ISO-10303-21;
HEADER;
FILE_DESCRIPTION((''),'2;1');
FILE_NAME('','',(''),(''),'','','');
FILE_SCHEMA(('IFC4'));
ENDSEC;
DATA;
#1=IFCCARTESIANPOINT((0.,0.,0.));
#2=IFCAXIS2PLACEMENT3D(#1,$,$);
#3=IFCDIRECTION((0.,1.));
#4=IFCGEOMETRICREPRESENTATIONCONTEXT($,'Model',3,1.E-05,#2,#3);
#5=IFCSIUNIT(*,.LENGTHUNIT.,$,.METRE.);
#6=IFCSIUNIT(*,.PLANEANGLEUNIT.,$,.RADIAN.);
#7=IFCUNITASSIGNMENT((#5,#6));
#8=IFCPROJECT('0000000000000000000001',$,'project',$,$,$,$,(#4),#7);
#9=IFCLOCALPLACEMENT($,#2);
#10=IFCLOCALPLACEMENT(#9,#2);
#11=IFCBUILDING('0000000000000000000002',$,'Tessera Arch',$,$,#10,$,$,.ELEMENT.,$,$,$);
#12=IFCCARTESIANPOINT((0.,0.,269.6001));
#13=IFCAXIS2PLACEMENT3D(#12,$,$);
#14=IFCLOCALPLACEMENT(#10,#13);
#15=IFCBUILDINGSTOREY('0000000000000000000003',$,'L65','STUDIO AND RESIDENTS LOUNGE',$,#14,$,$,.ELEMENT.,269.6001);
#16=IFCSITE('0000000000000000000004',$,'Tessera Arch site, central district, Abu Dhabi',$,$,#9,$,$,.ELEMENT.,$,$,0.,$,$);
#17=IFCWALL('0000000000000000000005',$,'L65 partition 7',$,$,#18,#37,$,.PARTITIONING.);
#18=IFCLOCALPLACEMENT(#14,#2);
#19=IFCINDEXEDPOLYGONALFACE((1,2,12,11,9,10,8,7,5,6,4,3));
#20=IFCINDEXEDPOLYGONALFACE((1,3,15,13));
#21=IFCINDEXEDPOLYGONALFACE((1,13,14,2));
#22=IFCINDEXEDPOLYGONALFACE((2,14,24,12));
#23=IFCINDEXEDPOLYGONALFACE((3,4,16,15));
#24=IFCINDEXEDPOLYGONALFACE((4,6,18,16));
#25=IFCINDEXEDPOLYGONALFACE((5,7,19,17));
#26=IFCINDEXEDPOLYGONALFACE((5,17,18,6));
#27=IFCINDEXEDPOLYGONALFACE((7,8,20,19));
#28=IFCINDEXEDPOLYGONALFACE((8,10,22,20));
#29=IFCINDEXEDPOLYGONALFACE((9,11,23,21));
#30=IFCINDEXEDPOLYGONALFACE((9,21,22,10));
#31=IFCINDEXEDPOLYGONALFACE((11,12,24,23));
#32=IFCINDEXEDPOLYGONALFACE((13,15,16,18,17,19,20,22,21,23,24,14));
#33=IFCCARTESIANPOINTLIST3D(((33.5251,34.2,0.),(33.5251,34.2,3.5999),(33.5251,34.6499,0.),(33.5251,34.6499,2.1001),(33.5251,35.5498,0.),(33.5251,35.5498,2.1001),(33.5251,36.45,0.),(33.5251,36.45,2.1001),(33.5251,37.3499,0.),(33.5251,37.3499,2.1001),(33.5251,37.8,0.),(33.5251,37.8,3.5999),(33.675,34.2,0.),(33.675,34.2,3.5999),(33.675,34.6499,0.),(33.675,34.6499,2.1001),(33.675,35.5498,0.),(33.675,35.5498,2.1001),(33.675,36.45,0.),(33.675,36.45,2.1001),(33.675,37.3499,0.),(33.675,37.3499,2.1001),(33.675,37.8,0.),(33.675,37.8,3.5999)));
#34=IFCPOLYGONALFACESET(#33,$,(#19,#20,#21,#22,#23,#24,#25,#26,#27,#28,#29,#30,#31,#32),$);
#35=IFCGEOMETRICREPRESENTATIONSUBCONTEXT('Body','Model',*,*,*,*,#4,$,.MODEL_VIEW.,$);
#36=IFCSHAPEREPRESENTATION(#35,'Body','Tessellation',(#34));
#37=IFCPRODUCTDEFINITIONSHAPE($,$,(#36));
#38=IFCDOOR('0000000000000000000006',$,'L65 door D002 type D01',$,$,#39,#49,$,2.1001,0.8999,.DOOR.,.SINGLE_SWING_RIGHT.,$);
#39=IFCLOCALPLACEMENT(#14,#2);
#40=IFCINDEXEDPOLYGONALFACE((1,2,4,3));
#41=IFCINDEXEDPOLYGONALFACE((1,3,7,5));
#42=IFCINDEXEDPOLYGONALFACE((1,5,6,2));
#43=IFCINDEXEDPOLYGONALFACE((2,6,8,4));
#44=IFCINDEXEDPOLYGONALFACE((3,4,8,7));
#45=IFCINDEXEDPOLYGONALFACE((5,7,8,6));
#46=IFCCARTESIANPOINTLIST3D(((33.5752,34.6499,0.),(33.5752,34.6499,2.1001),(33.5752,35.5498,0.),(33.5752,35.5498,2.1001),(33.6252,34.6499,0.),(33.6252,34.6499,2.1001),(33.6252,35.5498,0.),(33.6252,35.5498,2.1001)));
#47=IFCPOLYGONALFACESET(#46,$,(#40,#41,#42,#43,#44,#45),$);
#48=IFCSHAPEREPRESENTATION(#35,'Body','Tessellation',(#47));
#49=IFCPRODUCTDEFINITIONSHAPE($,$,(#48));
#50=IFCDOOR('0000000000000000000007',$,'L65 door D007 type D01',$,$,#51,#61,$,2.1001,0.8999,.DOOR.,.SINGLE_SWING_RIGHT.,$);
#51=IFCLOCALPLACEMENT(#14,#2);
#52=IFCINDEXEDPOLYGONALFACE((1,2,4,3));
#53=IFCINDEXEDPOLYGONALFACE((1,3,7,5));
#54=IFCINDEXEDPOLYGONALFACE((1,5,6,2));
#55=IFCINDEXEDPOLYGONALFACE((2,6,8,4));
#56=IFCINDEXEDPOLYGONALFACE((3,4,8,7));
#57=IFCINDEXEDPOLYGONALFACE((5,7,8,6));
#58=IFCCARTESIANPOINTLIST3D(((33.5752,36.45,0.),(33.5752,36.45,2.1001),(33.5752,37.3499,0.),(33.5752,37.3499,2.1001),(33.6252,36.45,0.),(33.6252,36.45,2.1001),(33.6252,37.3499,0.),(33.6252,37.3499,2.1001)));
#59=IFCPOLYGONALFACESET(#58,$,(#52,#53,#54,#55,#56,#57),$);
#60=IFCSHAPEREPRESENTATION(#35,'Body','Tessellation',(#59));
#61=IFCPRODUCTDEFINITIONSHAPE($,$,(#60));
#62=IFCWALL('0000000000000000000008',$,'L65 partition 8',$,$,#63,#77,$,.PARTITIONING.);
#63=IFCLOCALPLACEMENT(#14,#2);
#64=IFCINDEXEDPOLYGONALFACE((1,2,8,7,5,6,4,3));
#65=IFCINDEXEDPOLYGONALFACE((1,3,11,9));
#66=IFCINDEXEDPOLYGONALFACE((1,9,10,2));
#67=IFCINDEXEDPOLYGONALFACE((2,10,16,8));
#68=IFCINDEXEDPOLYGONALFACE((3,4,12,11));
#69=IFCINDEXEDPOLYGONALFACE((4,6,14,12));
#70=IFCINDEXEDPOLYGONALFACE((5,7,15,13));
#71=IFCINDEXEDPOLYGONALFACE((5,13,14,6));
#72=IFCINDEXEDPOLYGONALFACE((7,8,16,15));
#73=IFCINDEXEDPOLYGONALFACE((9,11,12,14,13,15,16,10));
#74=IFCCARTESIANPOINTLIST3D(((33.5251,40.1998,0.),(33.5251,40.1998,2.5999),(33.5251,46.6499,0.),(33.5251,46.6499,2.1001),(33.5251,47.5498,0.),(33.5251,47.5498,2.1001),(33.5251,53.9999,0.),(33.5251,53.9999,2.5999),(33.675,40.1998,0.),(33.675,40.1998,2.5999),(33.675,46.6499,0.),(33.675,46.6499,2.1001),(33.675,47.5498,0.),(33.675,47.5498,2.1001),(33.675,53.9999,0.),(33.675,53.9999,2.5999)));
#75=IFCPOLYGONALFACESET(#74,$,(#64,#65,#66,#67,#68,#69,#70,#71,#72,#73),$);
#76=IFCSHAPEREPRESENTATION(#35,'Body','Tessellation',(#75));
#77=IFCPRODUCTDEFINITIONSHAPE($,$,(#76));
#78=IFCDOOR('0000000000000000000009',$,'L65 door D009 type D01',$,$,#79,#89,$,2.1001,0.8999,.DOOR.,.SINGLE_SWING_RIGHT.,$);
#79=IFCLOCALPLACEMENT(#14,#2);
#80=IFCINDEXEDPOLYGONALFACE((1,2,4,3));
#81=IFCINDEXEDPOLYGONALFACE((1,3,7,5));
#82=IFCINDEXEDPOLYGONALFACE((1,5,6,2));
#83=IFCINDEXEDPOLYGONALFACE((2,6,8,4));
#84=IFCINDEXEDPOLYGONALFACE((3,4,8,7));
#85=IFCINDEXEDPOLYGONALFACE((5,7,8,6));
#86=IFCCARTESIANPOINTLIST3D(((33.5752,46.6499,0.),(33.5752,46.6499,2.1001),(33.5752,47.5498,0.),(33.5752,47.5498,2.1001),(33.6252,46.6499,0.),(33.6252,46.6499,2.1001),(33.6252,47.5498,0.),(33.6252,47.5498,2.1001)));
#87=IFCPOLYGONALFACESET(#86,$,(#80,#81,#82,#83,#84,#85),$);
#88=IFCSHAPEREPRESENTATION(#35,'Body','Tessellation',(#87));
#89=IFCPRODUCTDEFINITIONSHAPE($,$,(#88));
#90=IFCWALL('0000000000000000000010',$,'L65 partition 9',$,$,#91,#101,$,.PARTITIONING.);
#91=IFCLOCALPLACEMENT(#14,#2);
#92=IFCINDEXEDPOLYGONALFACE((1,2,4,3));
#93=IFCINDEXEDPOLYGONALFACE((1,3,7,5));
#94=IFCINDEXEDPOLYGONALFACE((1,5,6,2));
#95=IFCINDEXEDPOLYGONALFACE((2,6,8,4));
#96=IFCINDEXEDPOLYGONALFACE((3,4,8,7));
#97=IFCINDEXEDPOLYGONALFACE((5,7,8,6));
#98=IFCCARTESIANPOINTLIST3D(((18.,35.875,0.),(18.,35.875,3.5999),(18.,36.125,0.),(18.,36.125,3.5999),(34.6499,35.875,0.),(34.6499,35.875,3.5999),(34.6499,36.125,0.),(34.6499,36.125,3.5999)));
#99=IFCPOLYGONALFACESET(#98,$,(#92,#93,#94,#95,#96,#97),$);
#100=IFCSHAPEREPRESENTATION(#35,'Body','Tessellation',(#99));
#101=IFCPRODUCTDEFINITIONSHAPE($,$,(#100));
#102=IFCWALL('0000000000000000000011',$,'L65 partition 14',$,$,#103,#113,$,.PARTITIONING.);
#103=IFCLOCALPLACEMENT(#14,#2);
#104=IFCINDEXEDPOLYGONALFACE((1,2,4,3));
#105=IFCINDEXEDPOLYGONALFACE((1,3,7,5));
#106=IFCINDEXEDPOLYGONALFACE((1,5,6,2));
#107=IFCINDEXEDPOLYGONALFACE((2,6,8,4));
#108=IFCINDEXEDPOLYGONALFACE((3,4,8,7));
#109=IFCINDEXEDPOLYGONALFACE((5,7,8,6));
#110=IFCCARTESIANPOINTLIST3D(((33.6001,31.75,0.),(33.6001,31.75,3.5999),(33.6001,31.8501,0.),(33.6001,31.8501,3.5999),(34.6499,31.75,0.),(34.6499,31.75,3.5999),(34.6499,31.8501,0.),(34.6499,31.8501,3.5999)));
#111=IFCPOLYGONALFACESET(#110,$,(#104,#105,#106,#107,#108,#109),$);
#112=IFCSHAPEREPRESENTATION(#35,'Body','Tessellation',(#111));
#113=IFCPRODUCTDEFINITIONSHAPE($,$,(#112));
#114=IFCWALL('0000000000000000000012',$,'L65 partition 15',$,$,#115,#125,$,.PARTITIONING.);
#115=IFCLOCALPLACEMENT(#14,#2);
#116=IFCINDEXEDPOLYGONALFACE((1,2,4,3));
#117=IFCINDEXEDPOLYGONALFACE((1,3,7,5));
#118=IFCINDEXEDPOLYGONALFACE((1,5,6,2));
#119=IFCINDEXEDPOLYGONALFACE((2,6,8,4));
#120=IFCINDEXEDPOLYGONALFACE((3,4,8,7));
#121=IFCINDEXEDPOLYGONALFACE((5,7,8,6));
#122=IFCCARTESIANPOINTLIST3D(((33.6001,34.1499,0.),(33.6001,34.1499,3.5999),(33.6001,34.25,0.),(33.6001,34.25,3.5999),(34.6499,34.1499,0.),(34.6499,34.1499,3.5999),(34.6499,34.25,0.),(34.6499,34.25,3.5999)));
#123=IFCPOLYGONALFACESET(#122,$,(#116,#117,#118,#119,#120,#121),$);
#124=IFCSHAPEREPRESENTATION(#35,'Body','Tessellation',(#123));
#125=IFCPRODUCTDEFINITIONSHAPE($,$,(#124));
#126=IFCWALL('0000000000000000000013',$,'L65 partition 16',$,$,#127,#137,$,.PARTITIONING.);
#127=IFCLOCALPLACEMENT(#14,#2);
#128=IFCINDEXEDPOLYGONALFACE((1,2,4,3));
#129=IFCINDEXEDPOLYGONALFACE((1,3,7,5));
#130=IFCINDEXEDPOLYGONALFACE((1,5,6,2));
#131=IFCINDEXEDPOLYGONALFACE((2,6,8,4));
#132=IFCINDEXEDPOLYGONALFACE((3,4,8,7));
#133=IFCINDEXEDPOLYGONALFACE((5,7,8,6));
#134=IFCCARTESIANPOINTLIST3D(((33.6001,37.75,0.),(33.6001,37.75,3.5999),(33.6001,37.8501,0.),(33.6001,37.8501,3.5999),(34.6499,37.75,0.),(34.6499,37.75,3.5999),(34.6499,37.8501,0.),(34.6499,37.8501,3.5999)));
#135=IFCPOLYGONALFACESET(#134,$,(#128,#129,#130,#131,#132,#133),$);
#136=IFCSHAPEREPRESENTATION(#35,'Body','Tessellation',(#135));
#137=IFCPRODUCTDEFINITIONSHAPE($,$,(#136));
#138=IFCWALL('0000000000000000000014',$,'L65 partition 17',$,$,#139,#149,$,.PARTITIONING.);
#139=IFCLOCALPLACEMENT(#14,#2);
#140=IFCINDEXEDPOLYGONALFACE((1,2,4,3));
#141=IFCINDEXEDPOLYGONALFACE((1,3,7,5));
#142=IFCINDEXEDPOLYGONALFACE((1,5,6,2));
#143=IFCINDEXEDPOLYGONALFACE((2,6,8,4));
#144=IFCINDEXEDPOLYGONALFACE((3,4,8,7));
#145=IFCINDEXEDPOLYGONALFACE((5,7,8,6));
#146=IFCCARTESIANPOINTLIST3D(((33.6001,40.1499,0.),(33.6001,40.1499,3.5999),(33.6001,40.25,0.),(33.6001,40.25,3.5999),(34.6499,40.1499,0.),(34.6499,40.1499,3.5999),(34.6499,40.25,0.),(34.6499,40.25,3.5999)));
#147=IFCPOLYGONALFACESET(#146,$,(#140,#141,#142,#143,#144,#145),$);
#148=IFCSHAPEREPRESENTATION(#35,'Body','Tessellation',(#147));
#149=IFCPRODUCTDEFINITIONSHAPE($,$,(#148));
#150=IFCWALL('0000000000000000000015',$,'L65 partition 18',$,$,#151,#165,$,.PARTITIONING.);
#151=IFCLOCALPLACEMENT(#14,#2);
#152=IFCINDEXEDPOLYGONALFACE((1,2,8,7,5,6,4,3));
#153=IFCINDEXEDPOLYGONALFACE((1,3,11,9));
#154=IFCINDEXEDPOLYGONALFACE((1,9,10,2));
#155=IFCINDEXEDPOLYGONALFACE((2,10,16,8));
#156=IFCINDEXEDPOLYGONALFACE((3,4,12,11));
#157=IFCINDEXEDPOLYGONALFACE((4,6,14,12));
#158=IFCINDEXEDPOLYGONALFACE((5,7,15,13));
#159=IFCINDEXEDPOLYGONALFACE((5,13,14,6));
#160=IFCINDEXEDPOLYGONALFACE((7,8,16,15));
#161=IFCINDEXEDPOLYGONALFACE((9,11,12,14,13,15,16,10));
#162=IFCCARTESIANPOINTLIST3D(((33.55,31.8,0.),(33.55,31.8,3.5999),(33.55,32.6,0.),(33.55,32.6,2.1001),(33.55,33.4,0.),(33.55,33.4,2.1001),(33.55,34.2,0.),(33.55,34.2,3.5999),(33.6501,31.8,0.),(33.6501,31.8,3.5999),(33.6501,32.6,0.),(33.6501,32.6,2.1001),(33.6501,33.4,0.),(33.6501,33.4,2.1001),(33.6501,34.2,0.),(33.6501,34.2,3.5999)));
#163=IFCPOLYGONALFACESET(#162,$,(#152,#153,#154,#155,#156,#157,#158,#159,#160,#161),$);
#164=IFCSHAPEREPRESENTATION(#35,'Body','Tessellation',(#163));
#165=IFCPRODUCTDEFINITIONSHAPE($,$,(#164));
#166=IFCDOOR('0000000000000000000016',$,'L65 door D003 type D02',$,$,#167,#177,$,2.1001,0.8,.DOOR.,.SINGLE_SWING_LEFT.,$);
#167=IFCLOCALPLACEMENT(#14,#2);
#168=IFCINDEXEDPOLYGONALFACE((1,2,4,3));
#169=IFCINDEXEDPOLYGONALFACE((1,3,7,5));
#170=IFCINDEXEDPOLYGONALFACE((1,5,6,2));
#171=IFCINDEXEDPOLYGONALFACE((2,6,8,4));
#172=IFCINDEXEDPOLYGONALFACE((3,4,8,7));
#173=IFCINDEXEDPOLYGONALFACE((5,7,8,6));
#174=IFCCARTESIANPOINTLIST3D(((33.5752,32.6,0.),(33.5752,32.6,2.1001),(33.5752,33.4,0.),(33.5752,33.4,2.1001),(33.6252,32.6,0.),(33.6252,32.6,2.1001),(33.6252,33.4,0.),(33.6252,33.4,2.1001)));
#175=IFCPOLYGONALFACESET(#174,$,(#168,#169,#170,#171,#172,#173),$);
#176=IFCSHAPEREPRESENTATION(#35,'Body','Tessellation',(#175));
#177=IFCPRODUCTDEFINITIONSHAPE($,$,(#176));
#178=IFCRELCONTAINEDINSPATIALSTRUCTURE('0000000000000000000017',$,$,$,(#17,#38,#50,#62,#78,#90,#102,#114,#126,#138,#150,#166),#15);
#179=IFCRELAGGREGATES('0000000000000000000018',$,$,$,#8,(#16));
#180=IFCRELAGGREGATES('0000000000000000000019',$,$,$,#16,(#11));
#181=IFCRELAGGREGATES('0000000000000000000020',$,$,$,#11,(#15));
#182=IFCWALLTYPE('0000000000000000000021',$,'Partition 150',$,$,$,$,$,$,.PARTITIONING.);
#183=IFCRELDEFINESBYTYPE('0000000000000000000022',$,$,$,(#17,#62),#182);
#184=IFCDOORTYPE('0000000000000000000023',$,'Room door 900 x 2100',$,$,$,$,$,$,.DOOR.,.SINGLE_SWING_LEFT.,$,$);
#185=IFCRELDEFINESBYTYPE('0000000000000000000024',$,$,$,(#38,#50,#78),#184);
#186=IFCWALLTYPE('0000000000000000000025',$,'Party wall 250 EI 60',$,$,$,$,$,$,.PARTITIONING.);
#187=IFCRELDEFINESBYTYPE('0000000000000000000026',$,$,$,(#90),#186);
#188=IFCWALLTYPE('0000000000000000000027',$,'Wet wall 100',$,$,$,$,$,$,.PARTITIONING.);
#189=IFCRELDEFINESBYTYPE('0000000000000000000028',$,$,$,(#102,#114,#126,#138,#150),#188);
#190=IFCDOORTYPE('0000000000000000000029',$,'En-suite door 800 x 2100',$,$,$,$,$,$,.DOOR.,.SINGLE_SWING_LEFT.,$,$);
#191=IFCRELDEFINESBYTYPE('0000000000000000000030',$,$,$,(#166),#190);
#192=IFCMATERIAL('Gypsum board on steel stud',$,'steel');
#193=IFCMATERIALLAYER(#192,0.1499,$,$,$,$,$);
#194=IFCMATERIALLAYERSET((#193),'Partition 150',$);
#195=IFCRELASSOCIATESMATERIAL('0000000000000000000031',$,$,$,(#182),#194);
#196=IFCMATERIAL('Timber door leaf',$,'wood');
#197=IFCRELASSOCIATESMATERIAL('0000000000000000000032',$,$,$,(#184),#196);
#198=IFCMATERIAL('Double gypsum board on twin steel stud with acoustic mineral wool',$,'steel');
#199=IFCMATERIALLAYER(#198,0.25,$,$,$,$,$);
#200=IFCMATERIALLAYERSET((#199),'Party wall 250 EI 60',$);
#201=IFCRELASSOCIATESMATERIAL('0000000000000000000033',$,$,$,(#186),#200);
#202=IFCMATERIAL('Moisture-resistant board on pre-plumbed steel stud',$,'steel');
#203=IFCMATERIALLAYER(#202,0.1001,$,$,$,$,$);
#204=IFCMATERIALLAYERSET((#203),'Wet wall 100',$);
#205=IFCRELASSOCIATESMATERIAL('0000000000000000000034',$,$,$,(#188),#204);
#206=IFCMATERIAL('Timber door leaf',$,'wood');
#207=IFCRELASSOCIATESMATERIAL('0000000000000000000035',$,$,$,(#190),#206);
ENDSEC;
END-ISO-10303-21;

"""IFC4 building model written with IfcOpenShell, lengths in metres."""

from ifc_helpers import new_model, si_unit, direction, frame, frame_2d, origin, place, context, subcontext, project, spatial, rectangle, extrude, material, layer, layer_set, type_object, element, fill, save


model = new_model("IFC4")

# Units and contexts
model_context = context("Model", 3, precision=1e-05, world=origin(), true_north=direction((0.0, 1.0)))
body_context = subcontext(model_context, "Body", "Model", "MODEL_VIEW")
ifc_project = project(units=[si_unit("LENGTHUNIT", "METRE"), si_unit("PLANEANGLEUNIT", "RADIAN")], contexts=[model_context])

# Site, building, storey
site_placement = place(None, origin())
site = spatial("IfcSite", under=ifc_project, at=site_placement, Name="Tessera Arch site, central district, Abu Dhabi", CompositionType="ELEMENT", RefElevation=0.0)
building_placement = place(site_placement, origin())
building = spatial("IfcBuilding", under=site, at=building_placement, Name="Tessera Arch", CompositionType="ELEMENT")
storey_placement = place(building_placement, frame((0.0, 0.0, 269.6001)))
storey = spatial("IfcBuildingStorey", under=building, at=storey_placement, Name="L65", Description="STUDIO AND RESIDENTS LOUNGE", CompositionType="ELEMENT", Elevation=269.6001)

# Wall, openings, doors
ifc_material_1 = material(Name="Gypsum board on steel stud", Category="steel")
ifc_layer_1 = layer(ifc_material_1, 0.1499)
ifc_layer_set_1 = layer_set([ifc_layer_1], Name="Partition 150")
wall_type_1 = type_object("IfcWallType", Name="Partition 150", PredefinedType="PARTITIONING", material=ifc_layer_set_1)
wall_1_placement = place(storey_placement, frame((33.6001, 34.2, 0.0), z_axis=(0.0, 0.0, 1.0), x_axis=(0.0, 1.0, 0.0)))
wall_1 = element("IfcWall", 1, at=wall_1_placement, inside=storey, type_object=wall_type_1, Name="L65 partition 7", PredefinedType="PARTITIONING", context=body_context, shape_type="SweptSolid", body=[
    extrude(rectangle(XDim=3.6001, YDim=0.1499, at=frame_2d((1.8, 0.0))), origin(), (0.0, 0.0, 1.0), 3.5999),
])
opening_1_placement = place(wall_1_placement, frame((0.45, 0.0, 0.0)))
opening_1 = element("IfcOpeningElement", 2, at=opening_1_placement, cuts=wall_1, PredefinedType="OPENING", context=body_context, shape_type="SweptSolid", body=[
    extrude(rectangle(XDim=0.8999, YDim=2.1001, at=frame_2d((0.45, 1.05))), frame((0.0, 0.085, 0.0), z_axis=(0.0, -1.0, 0.0), x_axis=(1.0, 0.0, 0.0)), (0.0, 0.0, 1.0), 0.1699),
])
opening_2_placement = place(wall_1_placement, frame((2.25, 0.0, 0.0)))
opening_2 = element("IfcOpeningElement", 3, at=opening_2_placement, cuts=wall_1, PredefinedType="OPENING", context=body_context, shape_type="SweptSolid", body=[
    extrude(rectangle(XDim=0.8999, YDim=2.1001, at=frame_2d((0.45, 1.05))), frame((0.0, 0.085, 0.0), z_axis=(0.0, -1.0, 0.0), x_axis=(1.0, 0.0, 0.0)), (0.0, 0.0, 1.0), 0.1699),
])
ifc_material_2 = material(Name="Timber door leaf", Category="wood")
door_type_1 = type_object("IfcDoorType", Name="Room door 900 x 2100", OperationType="SINGLE_SWING_LEFT", PredefinedType="DOOR", material=ifc_material_2)
door_1_placement = place(opening_1_placement, origin())
door_1 = element("IfcDoor", 4, at=door_1_placement, inside=storey, type_object=door_type_1, Name="L65 door D002 type D01", OperationType="SINGLE_SWING_RIGHT", OverallHeight=2.1001, OverallWidth=0.8999, PredefinedType="DOOR", context=body_context, shape_type="SweptSolid", body=[
    extrude(rectangle(XDim=0.8999, YDim=2.1001, at=frame_2d((0.45, 1.05))), frame((0.0, 0.0249, 0.0), z_axis=(0.0, -1.0, 0.0), x_axis=(1.0, 0.0, 0.0)), (0.0, 0.0, 1.0), 0.05),
])
fill(opening_1, door_1)
door_2_placement = place(opening_2_placement, origin())
door_2 = element("IfcDoor", 5, at=door_2_placement, inside=storey, type_object=door_type_1, Name="L65 door D007 type D01", OperationType="SINGLE_SWING_RIGHT", OverallHeight=2.1001, OverallWidth=0.8999, PredefinedType="DOOR", context=body_context, shape_type="SweptSolid", body=[
    extrude(rectangle(XDim=0.8999, YDim=2.1001, at=frame_2d((0.45, 1.05))), frame((0.0, 0.0249, 0.0), z_axis=(0.0, -1.0, 0.0), x_axis=(1.0, 0.0, 0.0)), (0.0, 0.0, 1.0), 0.05),
])
fill(opening_2, door_2)

# Wall, opening, door
wall_2_placement = place(storey_placement, frame((33.6001, 40.2, 0.0), z_axis=(0.0, 0.0, 1.0), x_axis=(0.0, 1.0, 0.0)))
wall_2 = element("IfcWall", 6, at=wall_2_placement, inside=storey, type_object=wall_type_1, Name="L65 partition 8", PredefinedType="PARTITIONING", context=body_context, shape_type="SweptSolid", body=[
    extrude(rectangle(XDim=13.8, YDim=0.1499, at=frame_2d((6.8999, 0.0))), origin(), (0.0, 0.0, 1.0), 2.5999),
])
opening_3_placement = place(wall_2_placement, frame((6.45, 0.0, 0.0)))
opening_3 = element("IfcOpeningElement", 7, at=opening_3_placement, cuts=wall_2, PredefinedType="OPENING", context=body_context, shape_type="SweptSolid", body=[
    extrude(rectangle(XDim=0.8999, YDim=2.1001, at=frame_2d((0.45, 1.05))), frame((0.0, 0.085, 0.0), z_axis=(0.0, -1.0, 0.0), x_axis=(1.0, 0.0, 0.0)), (0.0, 0.0, 1.0), 0.1699),
])
door_3_placement = place(opening_3_placement, origin())
door_3 = element("IfcDoor", 8, at=door_3_placement, inside=storey, type_object=door_type_1, Name="L65 door D009 type D01", OperationType="SINGLE_SWING_RIGHT", OverallHeight=2.1001, OverallWidth=0.8999, PredefinedType="DOOR", context=body_context, shape_type="SweptSolid", body=[
    extrude(rectangle(XDim=0.8999, YDim=2.1001, at=frame_2d((0.45, 1.05))), frame((0.0, 0.0249, 0.0), z_axis=(0.0, -1.0, 0.0), x_axis=(1.0, 0.0, 0.0)), (0.0, 0.0, 1.0), 0.05),
])
fill(opening_3, door_3)

# Walls
ifc_material_3 = material(Name="Double gypsum board on twin steel stud with acoustic mineral wool", Category="steel")
ifc_layer_2 = layer(ifc_material_3, 0.25)
ifc_layer_set_2 = layer_set([ifc_layer_2], Name="Party wall 250 EI 60")
wall_type_2 = type_object("IfcWallType", Name="Party wall 250 EI 60", PredefinedType="PARTITIONING", material=ifc_layer_set_2)
wall_3_placement = place(storey_placement, frame((18.0, 36.0, 0.0), z_axis=(0.0, 0.0, 1.0), x_axis=(1.0, 0.0, 0.0)))
element("IfcWall", 9, at=wall_3_placement, inside=storey, type_object=wall_type_2, Name="L65 partition 9", PredefinedType="PARTITIONING", context=body_context, shape_type="SweptSolid", body=[
    extrude(rectangle(XDim=16.6499, YDim=0.25, at=frame_2d((8.325, 0.0))), origin(), (0.0, 0.0, 1.0), 3.5999),
])
ifc_material_4 = material(Name="Moisture-resistant board on pre-plumbed steel stud", Category="steel")
ifc_layer_3 = layer(ifc_material_4, 0.1001)
ifc_layer_set_3 = layer_set([ifc_layer_3], Name="Wet wall 100")
wall_type_3 = type_object("IfcWallType", Name="Wet wall 100", PredefinedType="PARTITIONING", material=ifc_layer_set_3)
for number, where, z_axis, x_axis, name in (
    (10, (33.6001, 31.8, 0.0), (0.0, 0.0, 1.0), (1.0, 0.0, 0.0), "L65 partition 14"),
    (11, (33.6001, 34.2, 0.0), (0.0, 0.0, 1.0), (1.0, 0.0, 0.0), "L65 partition 15"),
    (12, (33.6001, 37.8, 0.0), (0.0, 0.0, 1.0), (1.0, 0.0, 0.0), "L65 partition 16"),
    (13, (33.6001, 40.2, 0.0), (0.0, 0.0, 1.0), (1.0, 0.0, 0.0), "L65 partition 17"),
):
    element("IfcWall", number, at=place(storey_placement, frame(where, z_axis=z_axis, x_axis=x_axis)), inside=storey, type_object=wall_type_3, Name=name, PredefinedType="PARTITIONING", context=body_context, shape_type="SweptSolid", body=[
        extrude(rectangle(XDim=1.0498, YDim=0.1001, at=frame_2d((0.5249, 0.0))), origin(), (0.0, 0.0, 1.0), 3.5999),
    ])

# Wall, opening, door
wall_4_placement = place(storey_placement, frame((33.6001, 31.8, 0.0), z_axis=(0.0, 0.0, 1.0), x_axis=(0.0, 1.0, 0.0)))
wall_4 = element("IfcWall", 14, at=wall_4_placement, inside=storey, type_object=wall_type_3, Name="L65 partition 18", PredefinedType="PARTITIONING", context=body_context, shape_type="SweptSolid", body=[
    extrude(rectangle(XDim=2.3999, YDim=0.1001, at=frame_2d((1.2, 0.0))), origin(), (0.0, 0.0, 1.0), 3.5999),
])
opening_4_placement = place(wall_4_placement, frame((0.8, 0.0, 0.0)))
opening_4 = element("IfcOpeningElement", 15, at=opening_4_placement, cuts=wall_4, PredefinedType="OPENING", context=body_context, shape_type="SweptSolid", body=[
    extrude(rectangle(XDim=0.8, YDim=2.1001, at=frame_2d((0.3999, 1.05))), frame((0.0, 0.0601, 0.0), z_axis=(0.0, -1.0, 0.0), x_axis=(1.0, 0.0, 0.0)), (0.0, 0.0, 1.0), 0.1201),
])
ifc_material_5 = material(Name="Timber door leaf", Category="wood")
door_type_2 = type_object("IfcDoorType", Name="En-suite door 800 x 2100", OperationType="SINGLE_SWING_LEFT", PredefinedType="DOOR", material=ifc_material_5)
door_4_placement = place(opening_4_placement, origin())
door_4 = element("IfcDoor", 16, at=door_4_placement, inside=storey, type_object=door_type_2, Name="L65 door D003 type D02", OperationType="SINGLE_SWING_LEFT", OverallHeight=2.1001, OverallWidth=0.8, PredefinedType="DOOR", context=body_context, shape_type="SweptSolid", body=[
    extrude(rectangle(XDim=0.8, YDim=2.1001, at=frame_2d((0.3999, 1.05))), frame((0.0, 0.0249, 0.0), z_axis=(0.0, -1.0, 0.0), x_axis=(1.0, 0.0, 0.0)), (0.0, 0.0, 1.0), 0.05),
])
fill(opening_4, door_4)

save(model, "model.ifc")
